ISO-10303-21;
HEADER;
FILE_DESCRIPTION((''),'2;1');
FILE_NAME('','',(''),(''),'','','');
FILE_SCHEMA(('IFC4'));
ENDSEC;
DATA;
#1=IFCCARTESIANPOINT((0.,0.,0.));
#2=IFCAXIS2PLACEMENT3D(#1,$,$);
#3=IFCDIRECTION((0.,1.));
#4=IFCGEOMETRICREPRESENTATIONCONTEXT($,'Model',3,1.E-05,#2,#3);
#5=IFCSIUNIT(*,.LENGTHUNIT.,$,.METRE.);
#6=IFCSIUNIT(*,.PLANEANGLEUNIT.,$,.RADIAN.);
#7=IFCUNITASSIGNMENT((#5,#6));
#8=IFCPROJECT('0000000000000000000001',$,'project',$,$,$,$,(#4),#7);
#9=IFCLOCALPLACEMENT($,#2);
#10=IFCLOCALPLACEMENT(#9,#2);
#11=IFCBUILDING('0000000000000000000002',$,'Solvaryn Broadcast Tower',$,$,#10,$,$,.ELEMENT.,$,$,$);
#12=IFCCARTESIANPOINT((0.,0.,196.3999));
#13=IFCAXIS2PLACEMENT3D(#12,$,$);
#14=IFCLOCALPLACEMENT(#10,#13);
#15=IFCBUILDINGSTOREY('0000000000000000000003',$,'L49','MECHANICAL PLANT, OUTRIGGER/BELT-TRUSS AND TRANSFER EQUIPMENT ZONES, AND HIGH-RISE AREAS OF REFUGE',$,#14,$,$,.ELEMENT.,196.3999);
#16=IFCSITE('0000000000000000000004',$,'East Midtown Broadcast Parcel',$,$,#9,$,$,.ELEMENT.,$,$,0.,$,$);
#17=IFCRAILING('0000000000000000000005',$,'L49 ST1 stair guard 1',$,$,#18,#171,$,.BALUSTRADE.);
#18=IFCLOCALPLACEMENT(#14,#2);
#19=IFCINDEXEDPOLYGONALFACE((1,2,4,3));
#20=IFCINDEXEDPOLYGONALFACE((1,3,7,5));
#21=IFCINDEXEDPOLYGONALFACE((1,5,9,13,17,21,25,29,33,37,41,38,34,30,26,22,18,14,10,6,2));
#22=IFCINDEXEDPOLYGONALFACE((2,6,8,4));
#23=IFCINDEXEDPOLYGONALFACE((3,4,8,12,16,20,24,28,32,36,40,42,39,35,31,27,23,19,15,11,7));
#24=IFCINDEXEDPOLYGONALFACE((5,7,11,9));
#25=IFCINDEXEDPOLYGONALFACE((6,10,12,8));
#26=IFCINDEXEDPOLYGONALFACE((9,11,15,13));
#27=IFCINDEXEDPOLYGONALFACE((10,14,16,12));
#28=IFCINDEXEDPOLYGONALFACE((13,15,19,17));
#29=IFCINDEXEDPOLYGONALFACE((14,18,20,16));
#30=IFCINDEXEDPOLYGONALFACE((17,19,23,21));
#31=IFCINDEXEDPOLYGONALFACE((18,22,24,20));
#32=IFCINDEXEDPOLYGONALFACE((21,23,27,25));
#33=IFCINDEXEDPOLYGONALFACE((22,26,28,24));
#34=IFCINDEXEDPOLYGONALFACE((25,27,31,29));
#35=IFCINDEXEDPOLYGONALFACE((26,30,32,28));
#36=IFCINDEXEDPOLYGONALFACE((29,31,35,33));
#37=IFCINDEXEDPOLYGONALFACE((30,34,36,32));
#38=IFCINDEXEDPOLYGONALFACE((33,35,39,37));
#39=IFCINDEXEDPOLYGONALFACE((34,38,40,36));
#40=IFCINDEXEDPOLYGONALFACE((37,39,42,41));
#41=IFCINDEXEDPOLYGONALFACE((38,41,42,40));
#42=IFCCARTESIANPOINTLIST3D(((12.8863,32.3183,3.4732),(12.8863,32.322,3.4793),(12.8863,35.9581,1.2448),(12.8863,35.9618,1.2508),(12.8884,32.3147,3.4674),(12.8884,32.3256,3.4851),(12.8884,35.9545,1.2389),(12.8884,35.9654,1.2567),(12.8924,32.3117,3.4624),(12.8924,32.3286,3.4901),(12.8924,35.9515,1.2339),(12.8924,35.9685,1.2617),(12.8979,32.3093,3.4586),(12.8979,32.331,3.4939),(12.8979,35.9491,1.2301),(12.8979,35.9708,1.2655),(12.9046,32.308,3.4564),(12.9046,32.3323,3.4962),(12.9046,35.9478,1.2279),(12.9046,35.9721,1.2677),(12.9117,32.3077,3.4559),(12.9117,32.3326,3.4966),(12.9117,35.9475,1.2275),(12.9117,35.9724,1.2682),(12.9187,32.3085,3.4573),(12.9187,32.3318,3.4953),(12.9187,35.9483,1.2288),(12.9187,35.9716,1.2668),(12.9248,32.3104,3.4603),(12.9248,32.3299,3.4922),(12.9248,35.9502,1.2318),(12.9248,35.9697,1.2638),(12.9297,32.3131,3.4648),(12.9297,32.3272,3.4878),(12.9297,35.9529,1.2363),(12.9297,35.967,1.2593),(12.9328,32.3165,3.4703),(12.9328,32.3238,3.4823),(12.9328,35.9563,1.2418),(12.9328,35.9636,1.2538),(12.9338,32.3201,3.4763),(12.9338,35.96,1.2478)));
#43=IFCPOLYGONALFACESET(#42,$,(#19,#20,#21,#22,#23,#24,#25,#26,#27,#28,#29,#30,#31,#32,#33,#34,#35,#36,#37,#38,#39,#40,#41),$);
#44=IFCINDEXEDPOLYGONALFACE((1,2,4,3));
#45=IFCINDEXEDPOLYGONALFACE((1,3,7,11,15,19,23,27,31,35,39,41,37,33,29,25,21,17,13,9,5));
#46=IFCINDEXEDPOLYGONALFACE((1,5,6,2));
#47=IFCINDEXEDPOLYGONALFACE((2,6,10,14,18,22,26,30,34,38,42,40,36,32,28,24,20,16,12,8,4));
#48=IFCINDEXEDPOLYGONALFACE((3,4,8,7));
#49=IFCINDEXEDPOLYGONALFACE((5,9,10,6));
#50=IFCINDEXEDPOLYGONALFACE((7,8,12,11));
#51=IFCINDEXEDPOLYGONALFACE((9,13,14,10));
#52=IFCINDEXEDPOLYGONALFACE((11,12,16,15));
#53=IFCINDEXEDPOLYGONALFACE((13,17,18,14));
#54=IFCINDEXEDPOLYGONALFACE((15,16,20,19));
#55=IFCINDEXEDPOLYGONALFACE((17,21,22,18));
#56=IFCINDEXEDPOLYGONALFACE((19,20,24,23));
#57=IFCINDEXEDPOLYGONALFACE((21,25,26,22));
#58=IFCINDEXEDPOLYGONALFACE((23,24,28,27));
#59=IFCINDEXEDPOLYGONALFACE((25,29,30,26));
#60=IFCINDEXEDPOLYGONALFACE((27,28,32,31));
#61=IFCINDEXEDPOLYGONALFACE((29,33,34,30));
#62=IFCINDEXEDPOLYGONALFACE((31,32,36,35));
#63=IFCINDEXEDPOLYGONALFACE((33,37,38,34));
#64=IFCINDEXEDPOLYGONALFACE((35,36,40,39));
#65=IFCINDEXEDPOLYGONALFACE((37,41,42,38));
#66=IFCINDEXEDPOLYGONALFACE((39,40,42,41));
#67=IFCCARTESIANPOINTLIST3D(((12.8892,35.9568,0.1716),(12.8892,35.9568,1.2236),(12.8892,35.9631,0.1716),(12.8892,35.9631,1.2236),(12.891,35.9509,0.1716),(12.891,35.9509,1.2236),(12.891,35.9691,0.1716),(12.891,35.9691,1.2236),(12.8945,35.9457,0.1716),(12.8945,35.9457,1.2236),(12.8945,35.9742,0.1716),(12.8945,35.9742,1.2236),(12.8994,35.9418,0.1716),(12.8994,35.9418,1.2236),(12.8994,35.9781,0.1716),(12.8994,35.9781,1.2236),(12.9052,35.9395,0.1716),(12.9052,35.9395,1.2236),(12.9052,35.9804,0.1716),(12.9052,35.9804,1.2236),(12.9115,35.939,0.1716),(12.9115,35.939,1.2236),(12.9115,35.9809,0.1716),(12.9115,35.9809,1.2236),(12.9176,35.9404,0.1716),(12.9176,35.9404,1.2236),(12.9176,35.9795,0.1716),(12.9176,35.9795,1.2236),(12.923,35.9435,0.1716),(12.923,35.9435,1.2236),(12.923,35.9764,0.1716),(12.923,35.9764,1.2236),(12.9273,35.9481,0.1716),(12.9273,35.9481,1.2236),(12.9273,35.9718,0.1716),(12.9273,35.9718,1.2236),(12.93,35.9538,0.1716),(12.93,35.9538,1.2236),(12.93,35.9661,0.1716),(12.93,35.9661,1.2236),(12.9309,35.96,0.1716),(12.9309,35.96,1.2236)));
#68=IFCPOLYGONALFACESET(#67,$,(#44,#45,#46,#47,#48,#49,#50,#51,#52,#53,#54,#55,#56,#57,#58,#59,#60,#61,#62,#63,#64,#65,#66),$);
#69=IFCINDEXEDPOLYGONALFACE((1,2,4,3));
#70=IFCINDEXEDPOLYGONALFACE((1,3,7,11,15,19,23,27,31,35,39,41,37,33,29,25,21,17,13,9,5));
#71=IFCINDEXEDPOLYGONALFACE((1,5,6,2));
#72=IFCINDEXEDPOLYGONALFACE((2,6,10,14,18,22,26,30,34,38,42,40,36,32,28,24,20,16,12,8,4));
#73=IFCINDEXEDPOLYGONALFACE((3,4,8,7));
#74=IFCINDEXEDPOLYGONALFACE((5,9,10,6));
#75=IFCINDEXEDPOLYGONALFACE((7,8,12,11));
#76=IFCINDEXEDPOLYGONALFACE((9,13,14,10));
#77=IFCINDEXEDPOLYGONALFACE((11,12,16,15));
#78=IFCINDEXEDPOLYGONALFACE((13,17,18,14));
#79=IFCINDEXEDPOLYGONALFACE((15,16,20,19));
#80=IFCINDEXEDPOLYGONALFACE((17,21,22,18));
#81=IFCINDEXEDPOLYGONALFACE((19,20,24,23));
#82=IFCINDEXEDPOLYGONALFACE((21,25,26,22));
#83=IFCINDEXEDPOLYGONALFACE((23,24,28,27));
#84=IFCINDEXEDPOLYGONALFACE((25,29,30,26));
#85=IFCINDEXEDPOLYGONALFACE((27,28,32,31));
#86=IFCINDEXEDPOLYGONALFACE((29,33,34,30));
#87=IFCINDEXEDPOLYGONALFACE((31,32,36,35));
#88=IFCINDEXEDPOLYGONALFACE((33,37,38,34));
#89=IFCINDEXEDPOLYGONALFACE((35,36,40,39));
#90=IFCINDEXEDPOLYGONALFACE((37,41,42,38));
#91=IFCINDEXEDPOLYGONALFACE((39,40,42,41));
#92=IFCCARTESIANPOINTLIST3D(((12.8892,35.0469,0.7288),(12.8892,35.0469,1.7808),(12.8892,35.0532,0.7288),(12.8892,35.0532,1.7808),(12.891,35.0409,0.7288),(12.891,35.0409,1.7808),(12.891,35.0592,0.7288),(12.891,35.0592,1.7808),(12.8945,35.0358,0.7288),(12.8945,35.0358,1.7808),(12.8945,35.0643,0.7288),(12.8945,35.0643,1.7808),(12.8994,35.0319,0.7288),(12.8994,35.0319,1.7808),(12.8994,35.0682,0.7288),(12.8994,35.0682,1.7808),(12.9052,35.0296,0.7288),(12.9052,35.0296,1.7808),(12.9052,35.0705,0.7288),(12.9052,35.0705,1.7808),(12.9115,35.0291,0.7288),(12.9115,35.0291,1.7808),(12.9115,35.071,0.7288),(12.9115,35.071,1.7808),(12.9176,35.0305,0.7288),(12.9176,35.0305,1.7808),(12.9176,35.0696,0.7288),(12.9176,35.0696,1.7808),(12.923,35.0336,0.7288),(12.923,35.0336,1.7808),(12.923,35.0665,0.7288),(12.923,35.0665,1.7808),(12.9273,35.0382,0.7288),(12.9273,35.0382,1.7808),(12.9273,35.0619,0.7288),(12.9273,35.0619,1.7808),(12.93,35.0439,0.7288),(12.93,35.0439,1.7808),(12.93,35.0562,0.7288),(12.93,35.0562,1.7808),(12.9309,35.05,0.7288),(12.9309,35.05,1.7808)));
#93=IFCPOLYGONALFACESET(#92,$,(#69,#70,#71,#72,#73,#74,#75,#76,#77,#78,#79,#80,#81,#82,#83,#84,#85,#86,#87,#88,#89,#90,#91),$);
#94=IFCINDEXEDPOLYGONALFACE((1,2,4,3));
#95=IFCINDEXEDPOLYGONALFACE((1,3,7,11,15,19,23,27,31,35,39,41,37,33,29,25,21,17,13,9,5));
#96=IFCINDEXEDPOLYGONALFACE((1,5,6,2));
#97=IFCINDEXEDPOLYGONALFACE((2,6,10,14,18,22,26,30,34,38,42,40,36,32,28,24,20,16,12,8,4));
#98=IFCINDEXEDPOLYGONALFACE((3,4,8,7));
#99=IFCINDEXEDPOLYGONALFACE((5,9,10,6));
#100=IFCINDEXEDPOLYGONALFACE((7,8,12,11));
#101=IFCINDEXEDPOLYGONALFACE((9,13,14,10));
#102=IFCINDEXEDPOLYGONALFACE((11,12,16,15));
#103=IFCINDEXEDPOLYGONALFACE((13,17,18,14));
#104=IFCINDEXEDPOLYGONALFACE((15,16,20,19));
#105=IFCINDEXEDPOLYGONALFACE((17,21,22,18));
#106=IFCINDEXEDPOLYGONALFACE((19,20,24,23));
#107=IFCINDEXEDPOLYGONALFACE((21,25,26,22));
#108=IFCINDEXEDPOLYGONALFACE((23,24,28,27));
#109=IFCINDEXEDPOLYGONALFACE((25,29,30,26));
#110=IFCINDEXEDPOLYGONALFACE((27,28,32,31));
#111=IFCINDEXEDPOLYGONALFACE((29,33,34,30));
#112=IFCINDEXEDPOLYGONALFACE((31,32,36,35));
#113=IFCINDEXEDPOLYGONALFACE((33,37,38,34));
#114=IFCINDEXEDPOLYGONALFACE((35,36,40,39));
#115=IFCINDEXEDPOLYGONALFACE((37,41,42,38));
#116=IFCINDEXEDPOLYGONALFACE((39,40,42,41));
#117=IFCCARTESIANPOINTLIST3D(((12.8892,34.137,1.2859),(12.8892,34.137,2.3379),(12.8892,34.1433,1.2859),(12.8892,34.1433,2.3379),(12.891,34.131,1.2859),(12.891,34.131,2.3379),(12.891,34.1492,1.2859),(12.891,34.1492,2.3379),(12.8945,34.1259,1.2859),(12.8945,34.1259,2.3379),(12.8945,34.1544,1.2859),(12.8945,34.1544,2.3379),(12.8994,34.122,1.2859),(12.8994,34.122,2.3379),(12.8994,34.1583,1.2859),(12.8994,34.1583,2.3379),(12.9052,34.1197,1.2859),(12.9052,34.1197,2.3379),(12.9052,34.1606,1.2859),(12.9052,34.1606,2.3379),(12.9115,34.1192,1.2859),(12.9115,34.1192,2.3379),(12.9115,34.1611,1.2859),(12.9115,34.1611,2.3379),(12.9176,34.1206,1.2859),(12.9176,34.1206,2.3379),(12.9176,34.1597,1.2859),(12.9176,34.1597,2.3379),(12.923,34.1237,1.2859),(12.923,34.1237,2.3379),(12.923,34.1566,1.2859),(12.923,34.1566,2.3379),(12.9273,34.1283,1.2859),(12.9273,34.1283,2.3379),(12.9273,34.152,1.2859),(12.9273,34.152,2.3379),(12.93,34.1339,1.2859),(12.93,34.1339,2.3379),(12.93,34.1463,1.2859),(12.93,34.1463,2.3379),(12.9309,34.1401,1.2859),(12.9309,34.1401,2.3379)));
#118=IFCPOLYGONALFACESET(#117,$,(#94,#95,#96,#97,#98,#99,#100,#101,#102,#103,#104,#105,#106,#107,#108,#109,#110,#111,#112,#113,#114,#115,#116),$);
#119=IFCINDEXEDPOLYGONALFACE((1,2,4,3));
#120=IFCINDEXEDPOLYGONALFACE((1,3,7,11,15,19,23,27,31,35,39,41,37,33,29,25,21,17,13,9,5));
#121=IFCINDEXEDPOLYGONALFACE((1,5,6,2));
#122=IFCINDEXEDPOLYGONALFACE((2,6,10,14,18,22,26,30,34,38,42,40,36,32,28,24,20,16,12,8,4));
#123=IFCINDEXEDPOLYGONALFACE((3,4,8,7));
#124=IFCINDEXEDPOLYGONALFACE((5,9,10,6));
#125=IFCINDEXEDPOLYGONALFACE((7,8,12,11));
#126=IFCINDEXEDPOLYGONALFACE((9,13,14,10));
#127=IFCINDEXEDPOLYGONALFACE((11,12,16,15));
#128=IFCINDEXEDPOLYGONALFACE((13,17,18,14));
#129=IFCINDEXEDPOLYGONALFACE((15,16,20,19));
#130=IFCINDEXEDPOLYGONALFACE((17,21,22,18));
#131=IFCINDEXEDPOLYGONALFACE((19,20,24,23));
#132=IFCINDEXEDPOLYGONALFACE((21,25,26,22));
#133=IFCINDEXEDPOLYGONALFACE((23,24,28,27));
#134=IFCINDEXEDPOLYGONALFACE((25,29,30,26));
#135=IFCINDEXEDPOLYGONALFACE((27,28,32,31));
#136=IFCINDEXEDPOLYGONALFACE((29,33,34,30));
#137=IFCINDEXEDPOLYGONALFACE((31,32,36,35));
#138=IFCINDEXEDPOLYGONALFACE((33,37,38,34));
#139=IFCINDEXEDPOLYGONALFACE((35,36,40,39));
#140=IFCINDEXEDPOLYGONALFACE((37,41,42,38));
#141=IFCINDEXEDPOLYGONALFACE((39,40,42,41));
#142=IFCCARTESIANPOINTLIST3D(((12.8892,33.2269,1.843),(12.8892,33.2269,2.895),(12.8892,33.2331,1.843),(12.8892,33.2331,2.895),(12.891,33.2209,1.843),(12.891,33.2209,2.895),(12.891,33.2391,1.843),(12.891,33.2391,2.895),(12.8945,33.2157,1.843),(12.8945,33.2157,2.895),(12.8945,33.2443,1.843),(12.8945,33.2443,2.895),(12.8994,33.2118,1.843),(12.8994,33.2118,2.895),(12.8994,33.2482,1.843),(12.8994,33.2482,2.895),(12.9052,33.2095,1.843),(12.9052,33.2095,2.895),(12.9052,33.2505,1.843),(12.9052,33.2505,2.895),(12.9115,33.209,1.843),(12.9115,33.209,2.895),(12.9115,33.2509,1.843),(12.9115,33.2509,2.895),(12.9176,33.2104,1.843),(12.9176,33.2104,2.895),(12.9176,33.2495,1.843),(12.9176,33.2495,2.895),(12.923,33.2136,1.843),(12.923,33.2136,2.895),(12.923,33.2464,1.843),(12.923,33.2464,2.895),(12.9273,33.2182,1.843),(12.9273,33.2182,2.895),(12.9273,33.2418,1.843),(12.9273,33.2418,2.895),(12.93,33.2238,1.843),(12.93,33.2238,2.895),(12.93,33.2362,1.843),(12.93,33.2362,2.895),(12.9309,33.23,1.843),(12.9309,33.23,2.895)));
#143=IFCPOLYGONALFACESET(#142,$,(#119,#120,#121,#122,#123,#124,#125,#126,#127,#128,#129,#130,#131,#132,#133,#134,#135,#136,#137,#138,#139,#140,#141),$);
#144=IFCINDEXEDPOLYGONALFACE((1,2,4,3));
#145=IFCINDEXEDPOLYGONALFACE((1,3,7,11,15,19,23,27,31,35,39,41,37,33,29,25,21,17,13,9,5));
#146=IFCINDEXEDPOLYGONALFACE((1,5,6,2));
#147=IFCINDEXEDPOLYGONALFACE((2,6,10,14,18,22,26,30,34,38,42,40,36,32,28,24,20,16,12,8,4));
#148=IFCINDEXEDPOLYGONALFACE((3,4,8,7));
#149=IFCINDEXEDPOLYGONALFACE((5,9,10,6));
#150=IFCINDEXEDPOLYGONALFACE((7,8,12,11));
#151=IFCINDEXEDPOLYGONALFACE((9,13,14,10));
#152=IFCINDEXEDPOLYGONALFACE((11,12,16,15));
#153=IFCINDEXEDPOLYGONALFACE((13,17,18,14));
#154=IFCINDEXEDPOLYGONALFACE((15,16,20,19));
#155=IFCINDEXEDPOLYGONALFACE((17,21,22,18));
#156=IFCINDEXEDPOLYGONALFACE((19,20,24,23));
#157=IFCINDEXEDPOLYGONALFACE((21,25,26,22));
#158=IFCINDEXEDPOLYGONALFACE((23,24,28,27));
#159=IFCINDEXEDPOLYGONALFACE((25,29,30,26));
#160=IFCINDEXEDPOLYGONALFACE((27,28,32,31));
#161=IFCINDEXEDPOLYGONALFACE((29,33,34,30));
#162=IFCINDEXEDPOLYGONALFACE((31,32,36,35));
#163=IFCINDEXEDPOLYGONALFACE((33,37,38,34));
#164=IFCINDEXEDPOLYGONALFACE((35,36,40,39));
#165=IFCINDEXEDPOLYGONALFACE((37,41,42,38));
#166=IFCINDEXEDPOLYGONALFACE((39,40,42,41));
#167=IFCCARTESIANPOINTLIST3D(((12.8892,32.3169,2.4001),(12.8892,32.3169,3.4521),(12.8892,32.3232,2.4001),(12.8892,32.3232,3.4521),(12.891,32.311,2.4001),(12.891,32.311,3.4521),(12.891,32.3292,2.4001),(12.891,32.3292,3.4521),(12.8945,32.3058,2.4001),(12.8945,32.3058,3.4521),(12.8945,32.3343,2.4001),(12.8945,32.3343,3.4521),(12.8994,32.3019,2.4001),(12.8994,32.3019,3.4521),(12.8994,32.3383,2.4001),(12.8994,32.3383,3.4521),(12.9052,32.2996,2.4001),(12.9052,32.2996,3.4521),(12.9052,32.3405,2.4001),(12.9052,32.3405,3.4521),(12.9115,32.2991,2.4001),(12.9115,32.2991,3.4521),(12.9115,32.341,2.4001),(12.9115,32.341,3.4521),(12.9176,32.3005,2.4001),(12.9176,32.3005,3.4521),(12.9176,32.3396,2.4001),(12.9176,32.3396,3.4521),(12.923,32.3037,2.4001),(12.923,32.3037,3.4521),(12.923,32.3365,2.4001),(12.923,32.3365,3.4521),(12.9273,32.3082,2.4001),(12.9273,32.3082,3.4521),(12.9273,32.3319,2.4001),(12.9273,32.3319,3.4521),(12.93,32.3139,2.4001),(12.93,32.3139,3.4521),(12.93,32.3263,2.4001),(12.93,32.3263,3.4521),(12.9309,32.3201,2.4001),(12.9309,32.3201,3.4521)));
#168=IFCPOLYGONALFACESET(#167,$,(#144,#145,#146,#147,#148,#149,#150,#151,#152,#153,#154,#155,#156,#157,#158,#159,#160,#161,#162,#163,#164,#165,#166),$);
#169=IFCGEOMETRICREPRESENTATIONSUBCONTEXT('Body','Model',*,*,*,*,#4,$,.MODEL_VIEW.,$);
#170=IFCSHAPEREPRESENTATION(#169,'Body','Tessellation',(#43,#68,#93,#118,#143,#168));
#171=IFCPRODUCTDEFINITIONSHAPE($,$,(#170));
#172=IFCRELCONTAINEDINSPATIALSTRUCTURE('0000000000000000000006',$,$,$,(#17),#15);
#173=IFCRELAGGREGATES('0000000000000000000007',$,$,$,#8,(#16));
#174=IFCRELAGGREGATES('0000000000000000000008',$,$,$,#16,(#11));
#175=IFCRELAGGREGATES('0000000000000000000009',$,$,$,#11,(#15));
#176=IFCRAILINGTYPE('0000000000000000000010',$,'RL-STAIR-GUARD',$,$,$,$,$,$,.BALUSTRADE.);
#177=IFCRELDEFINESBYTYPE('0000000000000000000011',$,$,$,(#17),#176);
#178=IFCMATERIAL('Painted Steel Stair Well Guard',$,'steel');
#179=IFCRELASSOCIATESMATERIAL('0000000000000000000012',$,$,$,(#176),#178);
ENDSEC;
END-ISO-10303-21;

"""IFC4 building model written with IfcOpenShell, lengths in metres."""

from ifc_helpers import new_model, si_unit, direction, frame, origin, origin_2d, place, context, subcontext, project, spatial, circle, extrude, material, type_object, element, save


model = new_model("IFC4")

# Units and contexts
model_context = context("Model", 3, precision=1e-05, world=origin(), true_north=direction((0.0, 1.0)))
body_context = subcontext(model_context, "Body", "Model", "MODEL_VIEW")
ifc_project = project(units=[si_unit("LENGTHUNIT", "METRE"), si_unit("PLANEANGLEUNIT", "RADIAN")], contexts=[model_context])

# Site, building, storey
site_placement = place(None, origin())
site = spatial("IfcSite", under=ifc_project, at=site_placement, Name="East Midtown Broadcast Parcel", CompositionType="ELEMENT", RefElevation=0.0)
building_placement = place(site_placement, origin())
building = spatial("IfcBuilding", under=site, at=building_placement, Name="Solvaryn Broadcast Tower", CompositionType="ELEMENT")
storey_placement = place(building_placement, frame((0.0, 0.0, 196.3999)))
storey = spatial("IfcBuildingStorey", under=building, at=storey_placement, Name="L49", Description="MECHANICAL PLANT, OUTRIGGER/BELT-TRUSS AND TRANSFER EQUIPMENT ZONES, AND HIGH-RISE AREAS OF REFUGE", CompositionType="ELEMENT", Elevation=196.3999)

# Railing
ifc_material_1 = material(Name="Painted Steel Stair Well Guard", Category="steel")
railing_type_1 = type_object("IfcRailingType", Name="RL-STAIR-GUARD", PredefinedType="BALUSTRADE", material=ifc_material_1)
railing_1_placement = place(storey_placement, frame((12.9099, 35.96, 0.1716)))
element("IfcRailing", 1, at=railing_1_placement, inside=storey, type_object=railing_type_1, Name="L49 ST1 stair guard 1", PredefinedType="BALUSTRADE", context=body_context, shape_type="SweptSolid", body=[
    extrude(circle(Radius=0.0239, at=origin_2d()), frame((0.0, 0.0, 1.0762), z_axis=(0.0, -0.85285, 0.522156), x_axis=(1.0, 0.0, 0.0)), (0.0, 0.0, 1.0), 4.2678),
    extrude(circle(Radius=0.021, at=origin_2d()), origin(), (0.0, 0.0, 1.0), 1.052),
    extrude(circle(Radius=0.021, at=origin_2d()), frame((0.0, -0.9099, 0.5571)), (0.0, 0.0, 1.0), 1.052),
    extrude(circle(Radius=0.021, at=origin_2d()), frame((0.0, -1.8198, 1.1143)), (0.0, 0.0, 1.0), 1.052),
    extrude(circle(Radius=0.021, at=origin_2d()), frame((0.0, -2.73, 1.6714)), (0.0, 0.0, 1.0), 1.052),
    extrude(circle(Radius=0.021, at=origin_2d()), frame((0.0, -3.6399, 2.2285)), (0.0, 0.0, 1.0), 1.052),
])

save(model, "model.ifc")
